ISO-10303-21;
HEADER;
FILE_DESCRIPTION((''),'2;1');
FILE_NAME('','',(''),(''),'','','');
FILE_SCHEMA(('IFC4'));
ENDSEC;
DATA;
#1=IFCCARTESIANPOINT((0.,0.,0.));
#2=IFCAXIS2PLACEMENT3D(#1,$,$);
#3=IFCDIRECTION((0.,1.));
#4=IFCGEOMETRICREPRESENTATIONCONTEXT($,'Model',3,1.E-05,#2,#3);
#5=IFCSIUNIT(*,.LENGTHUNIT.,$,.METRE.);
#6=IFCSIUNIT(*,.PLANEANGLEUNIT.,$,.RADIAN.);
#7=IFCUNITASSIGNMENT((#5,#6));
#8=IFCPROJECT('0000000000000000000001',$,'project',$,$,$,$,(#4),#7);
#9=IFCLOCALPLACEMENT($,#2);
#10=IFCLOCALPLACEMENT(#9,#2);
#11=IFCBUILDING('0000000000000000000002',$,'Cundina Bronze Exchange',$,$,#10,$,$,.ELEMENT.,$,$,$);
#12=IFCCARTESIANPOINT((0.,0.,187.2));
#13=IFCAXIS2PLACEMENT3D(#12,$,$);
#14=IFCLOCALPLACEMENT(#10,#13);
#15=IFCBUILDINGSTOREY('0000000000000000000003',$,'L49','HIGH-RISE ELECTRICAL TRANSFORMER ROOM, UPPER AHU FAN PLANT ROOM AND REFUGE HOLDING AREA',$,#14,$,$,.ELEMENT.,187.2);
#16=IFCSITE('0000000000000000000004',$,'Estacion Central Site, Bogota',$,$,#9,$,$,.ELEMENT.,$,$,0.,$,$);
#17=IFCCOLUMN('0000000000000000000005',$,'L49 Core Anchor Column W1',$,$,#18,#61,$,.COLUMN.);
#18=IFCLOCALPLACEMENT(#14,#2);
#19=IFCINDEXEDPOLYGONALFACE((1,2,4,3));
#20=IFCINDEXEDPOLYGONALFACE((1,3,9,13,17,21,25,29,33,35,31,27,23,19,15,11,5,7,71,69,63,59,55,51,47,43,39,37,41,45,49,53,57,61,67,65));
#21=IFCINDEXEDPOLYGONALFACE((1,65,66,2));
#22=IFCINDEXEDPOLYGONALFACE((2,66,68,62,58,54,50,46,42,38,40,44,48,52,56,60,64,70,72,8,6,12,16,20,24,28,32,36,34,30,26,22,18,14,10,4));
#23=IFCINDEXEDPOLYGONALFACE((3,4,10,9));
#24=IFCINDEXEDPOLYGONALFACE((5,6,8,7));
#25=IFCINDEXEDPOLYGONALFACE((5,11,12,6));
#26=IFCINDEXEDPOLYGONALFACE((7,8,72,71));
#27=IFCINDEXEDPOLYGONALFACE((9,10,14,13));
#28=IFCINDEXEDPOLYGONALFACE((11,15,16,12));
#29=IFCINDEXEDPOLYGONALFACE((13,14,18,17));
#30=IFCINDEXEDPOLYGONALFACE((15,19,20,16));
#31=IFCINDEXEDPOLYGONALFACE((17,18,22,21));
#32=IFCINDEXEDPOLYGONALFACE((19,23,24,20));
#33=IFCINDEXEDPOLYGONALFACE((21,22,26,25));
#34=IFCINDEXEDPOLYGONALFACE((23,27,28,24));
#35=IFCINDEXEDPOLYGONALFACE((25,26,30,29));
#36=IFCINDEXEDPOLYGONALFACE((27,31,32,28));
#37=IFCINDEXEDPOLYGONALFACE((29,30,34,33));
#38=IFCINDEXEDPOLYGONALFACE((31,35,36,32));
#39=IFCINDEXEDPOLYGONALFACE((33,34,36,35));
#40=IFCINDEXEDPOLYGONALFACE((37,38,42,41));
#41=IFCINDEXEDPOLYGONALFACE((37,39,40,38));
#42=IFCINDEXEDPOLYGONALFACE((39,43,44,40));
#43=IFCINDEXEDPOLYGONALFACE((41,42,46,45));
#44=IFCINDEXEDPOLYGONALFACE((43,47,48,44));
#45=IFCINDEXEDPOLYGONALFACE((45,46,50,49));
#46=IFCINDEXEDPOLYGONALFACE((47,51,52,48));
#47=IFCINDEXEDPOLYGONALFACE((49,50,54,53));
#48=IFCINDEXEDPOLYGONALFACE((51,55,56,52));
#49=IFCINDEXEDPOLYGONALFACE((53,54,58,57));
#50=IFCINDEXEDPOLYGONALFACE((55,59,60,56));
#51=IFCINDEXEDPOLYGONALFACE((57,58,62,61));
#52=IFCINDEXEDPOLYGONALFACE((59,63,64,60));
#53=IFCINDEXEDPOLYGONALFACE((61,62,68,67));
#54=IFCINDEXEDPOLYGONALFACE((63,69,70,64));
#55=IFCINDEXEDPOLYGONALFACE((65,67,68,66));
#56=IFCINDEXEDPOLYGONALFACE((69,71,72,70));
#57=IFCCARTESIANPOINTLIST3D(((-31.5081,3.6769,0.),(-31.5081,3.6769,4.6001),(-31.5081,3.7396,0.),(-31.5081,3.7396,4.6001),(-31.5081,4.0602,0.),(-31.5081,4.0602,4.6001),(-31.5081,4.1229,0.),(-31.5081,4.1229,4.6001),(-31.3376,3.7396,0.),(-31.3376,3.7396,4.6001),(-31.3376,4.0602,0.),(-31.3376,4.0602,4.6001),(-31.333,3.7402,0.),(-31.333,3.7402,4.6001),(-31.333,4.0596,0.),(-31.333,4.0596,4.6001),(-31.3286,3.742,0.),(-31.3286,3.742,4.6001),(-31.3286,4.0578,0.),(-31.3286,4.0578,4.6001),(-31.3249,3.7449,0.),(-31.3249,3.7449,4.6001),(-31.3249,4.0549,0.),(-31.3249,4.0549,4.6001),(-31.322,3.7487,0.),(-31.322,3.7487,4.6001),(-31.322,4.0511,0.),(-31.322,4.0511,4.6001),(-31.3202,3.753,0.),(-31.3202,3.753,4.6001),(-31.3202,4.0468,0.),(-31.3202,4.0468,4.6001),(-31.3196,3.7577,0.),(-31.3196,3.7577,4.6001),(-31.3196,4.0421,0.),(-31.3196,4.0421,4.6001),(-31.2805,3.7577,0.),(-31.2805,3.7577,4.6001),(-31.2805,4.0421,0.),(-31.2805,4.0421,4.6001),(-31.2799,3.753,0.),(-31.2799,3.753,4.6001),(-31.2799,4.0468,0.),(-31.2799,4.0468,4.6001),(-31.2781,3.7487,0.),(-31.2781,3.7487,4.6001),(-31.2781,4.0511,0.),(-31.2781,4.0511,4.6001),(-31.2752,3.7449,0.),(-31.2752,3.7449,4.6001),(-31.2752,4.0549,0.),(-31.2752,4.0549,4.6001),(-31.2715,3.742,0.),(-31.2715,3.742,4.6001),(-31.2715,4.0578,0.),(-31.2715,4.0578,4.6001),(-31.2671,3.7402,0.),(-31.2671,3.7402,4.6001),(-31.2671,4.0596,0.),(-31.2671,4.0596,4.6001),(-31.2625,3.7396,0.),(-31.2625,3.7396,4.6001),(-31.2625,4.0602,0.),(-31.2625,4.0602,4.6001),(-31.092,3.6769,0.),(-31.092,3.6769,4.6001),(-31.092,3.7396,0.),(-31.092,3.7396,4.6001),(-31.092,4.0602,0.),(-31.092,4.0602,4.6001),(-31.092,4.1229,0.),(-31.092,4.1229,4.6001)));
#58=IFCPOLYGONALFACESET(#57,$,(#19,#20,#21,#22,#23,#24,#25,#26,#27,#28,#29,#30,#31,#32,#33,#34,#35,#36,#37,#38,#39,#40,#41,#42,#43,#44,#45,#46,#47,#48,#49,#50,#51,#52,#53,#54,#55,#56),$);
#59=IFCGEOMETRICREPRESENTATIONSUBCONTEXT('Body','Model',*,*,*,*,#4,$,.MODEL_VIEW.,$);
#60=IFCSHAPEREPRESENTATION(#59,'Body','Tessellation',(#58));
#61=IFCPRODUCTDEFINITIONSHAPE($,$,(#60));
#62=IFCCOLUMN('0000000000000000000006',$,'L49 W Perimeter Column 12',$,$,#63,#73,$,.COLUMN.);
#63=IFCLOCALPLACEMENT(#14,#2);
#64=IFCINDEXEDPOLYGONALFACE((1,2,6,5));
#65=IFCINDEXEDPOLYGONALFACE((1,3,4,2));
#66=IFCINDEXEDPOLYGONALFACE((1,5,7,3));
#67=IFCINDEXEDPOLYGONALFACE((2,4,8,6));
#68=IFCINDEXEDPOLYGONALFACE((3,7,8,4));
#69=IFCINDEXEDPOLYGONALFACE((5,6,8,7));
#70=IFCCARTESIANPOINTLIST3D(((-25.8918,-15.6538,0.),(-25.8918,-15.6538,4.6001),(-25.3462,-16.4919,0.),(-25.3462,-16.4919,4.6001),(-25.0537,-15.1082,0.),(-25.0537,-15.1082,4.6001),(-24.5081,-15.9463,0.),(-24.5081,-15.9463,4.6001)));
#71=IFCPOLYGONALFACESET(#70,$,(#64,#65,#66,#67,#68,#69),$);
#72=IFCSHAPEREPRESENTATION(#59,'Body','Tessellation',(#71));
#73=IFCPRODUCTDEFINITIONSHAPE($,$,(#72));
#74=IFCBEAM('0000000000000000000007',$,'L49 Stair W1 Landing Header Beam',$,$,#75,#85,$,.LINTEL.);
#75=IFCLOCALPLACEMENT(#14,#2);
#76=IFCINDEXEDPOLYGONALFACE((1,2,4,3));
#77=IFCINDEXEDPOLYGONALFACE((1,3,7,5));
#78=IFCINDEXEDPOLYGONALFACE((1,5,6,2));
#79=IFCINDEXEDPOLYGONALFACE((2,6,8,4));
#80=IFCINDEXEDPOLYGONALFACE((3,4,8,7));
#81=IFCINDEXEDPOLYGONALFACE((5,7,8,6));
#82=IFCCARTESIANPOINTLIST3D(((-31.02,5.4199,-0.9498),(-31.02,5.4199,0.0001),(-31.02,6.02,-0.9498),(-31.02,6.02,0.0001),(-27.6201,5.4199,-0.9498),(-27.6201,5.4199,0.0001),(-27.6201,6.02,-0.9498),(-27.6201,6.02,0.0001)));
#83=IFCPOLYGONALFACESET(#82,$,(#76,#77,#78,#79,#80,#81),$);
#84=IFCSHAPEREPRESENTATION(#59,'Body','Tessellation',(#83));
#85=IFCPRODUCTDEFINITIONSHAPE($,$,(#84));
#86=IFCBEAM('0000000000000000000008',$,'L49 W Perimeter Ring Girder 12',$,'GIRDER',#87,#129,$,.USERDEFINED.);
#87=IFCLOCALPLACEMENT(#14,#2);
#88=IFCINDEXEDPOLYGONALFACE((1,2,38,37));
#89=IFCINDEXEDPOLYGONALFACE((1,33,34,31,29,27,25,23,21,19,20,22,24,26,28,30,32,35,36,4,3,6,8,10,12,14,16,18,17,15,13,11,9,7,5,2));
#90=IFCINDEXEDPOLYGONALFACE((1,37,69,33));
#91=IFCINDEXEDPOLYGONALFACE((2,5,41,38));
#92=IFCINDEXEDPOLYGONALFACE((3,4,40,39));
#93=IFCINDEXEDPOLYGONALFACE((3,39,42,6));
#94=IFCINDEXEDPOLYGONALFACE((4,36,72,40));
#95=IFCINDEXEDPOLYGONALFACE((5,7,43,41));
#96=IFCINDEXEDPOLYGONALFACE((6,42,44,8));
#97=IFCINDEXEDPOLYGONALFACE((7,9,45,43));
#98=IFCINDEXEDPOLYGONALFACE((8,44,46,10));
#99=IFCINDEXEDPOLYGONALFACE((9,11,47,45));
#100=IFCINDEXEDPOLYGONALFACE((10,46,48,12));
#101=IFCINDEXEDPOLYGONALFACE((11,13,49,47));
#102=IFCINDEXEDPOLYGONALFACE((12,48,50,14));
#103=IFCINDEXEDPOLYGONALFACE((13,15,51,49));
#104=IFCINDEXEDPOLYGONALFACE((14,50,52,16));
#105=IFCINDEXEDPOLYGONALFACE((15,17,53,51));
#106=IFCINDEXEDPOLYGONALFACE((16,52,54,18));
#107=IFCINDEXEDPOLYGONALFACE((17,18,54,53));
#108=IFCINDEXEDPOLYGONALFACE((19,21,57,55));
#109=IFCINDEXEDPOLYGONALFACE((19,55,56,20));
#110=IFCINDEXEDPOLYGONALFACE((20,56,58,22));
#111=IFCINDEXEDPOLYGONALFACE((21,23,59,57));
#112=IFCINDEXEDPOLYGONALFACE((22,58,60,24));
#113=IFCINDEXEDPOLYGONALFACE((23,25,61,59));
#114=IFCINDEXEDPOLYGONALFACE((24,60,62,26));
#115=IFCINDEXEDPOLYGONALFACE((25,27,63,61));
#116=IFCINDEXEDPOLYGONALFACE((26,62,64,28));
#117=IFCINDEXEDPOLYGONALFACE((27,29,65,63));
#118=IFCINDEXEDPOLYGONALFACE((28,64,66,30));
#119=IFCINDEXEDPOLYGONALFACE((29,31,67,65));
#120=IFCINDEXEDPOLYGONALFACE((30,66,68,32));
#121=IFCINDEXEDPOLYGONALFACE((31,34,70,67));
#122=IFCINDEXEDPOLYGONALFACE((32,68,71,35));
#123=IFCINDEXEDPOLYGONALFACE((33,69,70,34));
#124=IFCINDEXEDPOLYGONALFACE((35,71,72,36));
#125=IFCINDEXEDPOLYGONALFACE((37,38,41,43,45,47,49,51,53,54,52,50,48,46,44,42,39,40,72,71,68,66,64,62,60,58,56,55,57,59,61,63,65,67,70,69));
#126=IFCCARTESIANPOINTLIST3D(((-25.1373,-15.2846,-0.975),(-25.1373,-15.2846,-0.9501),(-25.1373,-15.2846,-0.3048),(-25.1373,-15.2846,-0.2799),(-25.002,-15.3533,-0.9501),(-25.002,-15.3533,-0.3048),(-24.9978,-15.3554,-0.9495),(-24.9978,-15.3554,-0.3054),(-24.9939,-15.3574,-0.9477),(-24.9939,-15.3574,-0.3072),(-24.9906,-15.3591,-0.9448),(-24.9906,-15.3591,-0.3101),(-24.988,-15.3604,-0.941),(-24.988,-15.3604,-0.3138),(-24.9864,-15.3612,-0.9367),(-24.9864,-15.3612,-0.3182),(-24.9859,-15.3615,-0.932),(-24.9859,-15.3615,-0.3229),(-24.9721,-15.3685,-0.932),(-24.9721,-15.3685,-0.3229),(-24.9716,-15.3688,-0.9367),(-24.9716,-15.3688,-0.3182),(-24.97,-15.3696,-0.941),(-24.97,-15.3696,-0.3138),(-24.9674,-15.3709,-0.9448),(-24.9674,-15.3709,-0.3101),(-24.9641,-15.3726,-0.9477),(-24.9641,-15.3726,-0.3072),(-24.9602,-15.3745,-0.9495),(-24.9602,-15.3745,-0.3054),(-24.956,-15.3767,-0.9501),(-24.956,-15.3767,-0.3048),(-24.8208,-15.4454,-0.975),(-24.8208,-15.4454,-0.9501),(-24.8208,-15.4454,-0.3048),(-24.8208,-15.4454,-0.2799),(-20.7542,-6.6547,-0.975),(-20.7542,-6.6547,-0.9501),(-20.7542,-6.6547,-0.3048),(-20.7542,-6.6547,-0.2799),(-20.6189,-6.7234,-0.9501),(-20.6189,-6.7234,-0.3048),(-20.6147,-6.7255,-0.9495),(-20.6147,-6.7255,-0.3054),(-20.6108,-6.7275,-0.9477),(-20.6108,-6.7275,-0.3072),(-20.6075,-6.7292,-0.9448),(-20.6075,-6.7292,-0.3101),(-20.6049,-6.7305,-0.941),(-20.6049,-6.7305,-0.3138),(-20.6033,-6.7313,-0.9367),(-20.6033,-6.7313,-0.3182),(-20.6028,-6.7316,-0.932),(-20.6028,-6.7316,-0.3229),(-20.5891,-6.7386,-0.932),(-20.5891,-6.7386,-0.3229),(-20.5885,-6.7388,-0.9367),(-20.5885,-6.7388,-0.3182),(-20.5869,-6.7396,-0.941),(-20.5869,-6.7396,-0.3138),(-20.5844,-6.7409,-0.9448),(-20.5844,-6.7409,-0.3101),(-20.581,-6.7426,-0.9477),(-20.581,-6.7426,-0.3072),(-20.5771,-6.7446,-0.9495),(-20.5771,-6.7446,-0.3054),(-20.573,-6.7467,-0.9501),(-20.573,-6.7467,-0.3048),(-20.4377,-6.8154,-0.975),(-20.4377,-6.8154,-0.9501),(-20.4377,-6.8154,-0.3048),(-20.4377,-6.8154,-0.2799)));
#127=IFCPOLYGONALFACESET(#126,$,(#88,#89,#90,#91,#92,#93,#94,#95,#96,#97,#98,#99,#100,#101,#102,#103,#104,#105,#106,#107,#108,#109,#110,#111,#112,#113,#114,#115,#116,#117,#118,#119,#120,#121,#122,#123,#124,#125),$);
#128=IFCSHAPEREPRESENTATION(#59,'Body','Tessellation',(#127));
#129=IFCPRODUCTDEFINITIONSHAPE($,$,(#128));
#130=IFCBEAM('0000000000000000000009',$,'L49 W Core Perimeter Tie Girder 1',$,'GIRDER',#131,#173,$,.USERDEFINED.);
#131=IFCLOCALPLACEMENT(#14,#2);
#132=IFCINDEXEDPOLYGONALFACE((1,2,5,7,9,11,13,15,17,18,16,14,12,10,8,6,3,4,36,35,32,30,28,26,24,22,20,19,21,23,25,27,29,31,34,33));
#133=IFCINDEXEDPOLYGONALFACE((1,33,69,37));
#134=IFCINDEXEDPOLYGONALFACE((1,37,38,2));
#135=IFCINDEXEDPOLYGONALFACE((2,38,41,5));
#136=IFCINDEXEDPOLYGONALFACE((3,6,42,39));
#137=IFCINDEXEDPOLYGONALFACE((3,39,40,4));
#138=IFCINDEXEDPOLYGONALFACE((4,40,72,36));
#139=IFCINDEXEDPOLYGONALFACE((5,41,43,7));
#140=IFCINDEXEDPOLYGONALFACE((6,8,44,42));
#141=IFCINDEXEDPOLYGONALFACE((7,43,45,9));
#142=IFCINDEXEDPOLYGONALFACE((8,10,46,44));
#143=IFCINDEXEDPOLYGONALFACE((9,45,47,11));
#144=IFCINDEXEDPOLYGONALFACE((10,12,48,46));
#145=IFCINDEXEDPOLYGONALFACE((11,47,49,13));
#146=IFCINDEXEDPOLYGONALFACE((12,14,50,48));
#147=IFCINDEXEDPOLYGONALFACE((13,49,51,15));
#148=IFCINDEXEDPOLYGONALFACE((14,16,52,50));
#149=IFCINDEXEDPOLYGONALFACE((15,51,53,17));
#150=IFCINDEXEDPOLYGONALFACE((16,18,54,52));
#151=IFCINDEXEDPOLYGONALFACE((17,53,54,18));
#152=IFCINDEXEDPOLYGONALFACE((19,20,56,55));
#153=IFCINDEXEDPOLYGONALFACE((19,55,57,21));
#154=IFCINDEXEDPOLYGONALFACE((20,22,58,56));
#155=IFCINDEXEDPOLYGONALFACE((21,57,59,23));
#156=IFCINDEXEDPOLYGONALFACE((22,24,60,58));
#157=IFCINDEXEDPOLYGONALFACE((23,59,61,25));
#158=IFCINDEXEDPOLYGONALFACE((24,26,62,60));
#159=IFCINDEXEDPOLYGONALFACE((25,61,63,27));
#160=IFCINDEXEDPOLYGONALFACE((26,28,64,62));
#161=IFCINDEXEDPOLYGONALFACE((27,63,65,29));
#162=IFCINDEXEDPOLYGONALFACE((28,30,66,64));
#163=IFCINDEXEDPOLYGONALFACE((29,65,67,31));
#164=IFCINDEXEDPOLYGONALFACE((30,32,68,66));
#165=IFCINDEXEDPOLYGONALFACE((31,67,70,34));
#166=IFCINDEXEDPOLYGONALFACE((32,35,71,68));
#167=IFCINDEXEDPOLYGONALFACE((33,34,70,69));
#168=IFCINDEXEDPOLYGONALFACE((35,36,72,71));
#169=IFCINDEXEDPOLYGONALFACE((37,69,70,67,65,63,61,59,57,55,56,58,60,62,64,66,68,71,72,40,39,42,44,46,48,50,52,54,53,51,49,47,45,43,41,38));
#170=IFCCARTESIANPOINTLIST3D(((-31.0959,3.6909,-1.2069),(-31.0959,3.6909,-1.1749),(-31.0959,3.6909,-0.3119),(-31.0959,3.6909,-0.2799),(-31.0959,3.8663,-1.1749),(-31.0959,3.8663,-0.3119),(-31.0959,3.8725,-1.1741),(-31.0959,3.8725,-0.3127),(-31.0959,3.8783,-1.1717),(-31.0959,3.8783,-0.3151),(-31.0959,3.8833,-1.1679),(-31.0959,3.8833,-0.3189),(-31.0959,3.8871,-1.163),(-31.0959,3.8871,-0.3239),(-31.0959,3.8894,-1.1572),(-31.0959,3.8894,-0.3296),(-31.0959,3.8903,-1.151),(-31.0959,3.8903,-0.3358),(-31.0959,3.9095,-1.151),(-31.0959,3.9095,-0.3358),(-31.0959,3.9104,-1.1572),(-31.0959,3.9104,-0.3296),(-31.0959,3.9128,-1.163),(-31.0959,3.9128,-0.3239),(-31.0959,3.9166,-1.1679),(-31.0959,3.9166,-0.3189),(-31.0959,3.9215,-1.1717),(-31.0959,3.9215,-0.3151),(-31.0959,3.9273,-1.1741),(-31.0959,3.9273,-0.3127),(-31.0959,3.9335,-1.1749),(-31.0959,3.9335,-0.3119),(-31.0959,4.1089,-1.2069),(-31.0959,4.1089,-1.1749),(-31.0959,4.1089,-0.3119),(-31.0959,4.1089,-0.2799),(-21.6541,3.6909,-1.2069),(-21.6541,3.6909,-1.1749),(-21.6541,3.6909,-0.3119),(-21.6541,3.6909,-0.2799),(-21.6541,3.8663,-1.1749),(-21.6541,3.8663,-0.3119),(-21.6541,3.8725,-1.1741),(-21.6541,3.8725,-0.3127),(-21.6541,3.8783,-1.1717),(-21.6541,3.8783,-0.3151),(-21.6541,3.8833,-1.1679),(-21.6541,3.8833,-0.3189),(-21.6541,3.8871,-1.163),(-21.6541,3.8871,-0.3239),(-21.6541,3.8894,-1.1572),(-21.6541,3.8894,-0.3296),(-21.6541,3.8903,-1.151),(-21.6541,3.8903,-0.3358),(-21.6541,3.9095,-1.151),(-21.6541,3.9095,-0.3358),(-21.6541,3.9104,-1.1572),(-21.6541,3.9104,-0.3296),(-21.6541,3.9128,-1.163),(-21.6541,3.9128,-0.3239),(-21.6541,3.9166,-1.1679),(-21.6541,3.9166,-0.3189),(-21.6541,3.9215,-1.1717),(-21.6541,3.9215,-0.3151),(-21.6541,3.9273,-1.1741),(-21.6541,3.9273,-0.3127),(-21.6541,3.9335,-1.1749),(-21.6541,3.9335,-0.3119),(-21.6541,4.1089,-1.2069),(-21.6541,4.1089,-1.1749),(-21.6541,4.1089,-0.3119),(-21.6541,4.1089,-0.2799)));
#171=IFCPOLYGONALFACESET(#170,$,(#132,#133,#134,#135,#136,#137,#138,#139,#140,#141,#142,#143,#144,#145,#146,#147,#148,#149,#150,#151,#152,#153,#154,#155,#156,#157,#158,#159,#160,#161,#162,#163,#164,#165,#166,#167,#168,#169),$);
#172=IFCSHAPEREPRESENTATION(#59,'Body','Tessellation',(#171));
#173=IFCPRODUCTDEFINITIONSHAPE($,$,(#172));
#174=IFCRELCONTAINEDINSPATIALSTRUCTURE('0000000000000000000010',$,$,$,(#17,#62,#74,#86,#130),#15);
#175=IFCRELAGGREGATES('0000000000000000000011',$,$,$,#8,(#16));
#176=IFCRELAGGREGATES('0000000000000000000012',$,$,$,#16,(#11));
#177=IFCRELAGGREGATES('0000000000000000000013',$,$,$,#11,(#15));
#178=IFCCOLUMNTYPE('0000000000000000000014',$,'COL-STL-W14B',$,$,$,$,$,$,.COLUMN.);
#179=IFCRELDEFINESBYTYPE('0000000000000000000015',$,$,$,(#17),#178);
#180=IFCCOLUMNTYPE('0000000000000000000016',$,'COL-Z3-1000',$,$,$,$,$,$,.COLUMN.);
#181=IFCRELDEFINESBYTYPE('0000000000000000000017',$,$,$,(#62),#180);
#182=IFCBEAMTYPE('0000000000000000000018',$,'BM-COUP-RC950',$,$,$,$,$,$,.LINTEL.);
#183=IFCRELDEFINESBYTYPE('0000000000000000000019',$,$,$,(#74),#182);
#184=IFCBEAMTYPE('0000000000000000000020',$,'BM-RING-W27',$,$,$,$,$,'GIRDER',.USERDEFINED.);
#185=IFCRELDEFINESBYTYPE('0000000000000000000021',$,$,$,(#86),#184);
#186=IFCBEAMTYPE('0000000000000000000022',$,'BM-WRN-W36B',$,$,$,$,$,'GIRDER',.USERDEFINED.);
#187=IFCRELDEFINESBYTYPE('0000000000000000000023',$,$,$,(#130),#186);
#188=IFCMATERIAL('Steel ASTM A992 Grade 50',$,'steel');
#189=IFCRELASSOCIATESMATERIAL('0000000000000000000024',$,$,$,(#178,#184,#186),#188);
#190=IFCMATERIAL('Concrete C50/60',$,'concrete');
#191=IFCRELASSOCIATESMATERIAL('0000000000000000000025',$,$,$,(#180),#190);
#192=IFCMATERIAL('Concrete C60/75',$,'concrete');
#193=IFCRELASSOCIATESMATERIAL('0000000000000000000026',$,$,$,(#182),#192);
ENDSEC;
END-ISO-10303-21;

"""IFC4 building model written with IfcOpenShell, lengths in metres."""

from ifc_helpers import new_model, si_unit, direction, frame, origin, origin_2d, place, context, subcontext, project, spatial, rectangle, i_section, extrude, material, material_profile, profile_set, type_object, element, save


model = new_model("IFC4")

# Units and contexts
model_context = context("Model", 3, precision=1e-05, world=origin(), true_north=direction((0.0, 1.0)))
body_context = subcontext(model_context, "Body", "Model", "MODEL_VIEW")
ifc_project = project(units=[si_unit("LENGTHUNIT", "METRE"), si_unit("PLANEANGLEUNIT", "RADIAN")], contexts=[model_context])

# Site, building, storey
site_placement = place(None, origin())
site = spatial("IfcSite", under=ifc_project, at=site_placement, Name="Estacion Central Site, Bogota", CompositionType="ELEMENT", RefElevation=0.0)
building_placement = place(site_placement, origin())
building = spatial("IfcBuilding", under=site, at=building_placement, Name="Cundina Bronze Exchange", CompositionType="ELEMENT")
storey_placement = place(building_placement, frame((0.0, 0.0, 187.2)))
storey = spatial("IfcBuildingStorey", under=building, at=storey_placement, Name="L49", Description="HIGH-RISE ELECTRICAL TRANSFORMER ROOM, UPPER AHU FAN PLANT ROOM AND REFUGE HOLDING AREA", CompositionType="ELEMENT", Elevation=187.2)

# Columns
ifc_material_1 = material(Name="Steel ASTM A992 Grade 50", Category="steel")
ifc_material_profile_1 = material_profile(ifc_material_1, i_section(OverallWidth=0.416, OverallDepth=0.446, WebThickness=0.0391, FlangeThickness=0.0627, FilletRadius=0.0181, at=origin_2d()), Name="W14X342", Category="steel")
ifc_profile_set_1 = profile_set([ifc_material_profile_1], Name="Steel ASTM A992 Grade 50")
column_type_1 = type_object("IfcColumnType", Name="COL-STL-W14B", PredefinedType="COLUMN", material=ifc_profile_set_1)
column_1_placement = place(storey_placement, frame((-31.3, 3.8999, 0.0), z_axis=(0.0, 0.0, 1.0), x_axis=(1.0, 0.0, 0.0)))
element("IfcColumn", 1, at=column_1_placement, inside=storey, type_object=column_type_1, Name="L49 Core Anchor Column W1", PredefinedType="COLUMN", context=body_context, shape_type="SweptSolid", body=[
    extrude(i_section(OverallWidth=0.416, OverallDepth=0.446, WebThickness=0.0391, FlangeThickness=0.0627, FilletRadius=0.0181, at=origin_2d()), origin(), (0.0, 0.0, 1.0), 4.6001),
])
ifc_material_2 = material(Name="Concrete C50/60", Category="concrete")
ifc_material_profile_2 = material_profile(ifc_material_2, rectangle(XDim=1.0, YDim=1.0, at=origin_2d()), Name="RC1000X1000", Category="concrete")
ifc_profile_set_2 = profile_set([ifc_material_profile_2], Name="Concrete C50/60")
column_type_2 = type_object("IfcColumnType", Name="COL-Z3-1000", PredefinedType="COLUMN", material=ifc_profile_set_2)
column_2_placement = place(storey_placement, frame((-25.2, -15.8, 0.0), z_axis=(0.0, 0.0, 1.0), x_axis=(0.8381, 0.545517, 0.0)))
element("IfcColumn", 2, at=column_2_placement, inside=storey, type_object=column_type_2, Name="L49 W Perimeter Column 12", PredefinedType="COLUMN", context=body_context, shape_type="SweptSolid", body=[
    extrude(rectangle(XDim=1.0, YDim=1.0, at=origin_2d()), origin(), (0.0, 0.0, 1.0), 4.6001),
])

# Beams
ifc_material_3 = material(Name="Concrete C60/75", Category="concrete")
ifc_material_profile_3 = material_profile(ifc_material_3, rectangle(XDim=0.6001, YDim=0.95, at=origin_2d()), Name="RC600X950", Category="concrete")
ifc_profile_set_3 = profile_set([ifc_material_profile_3], Name="Concrete C60/75")
beam_type_1 = type_object("IfcBeamType", Name="BM-COUP-RC950", PredefinedType="LINTEL", material=ifc_profile_set_3)
beam_1_placement = place(storey_placement, frame((-31.02, 5.72, -0.4749), z_axis=(1.0, 0.0, 0.0), x_axis=(0.0, 1.0, 0.0)))
element("IfcBeam", 3, at=beam_1_placement, inside=storey, type_object=beam_type_1, Name="L49 Stair W1 Landing Header Beam", PredefinedType="LINTEL", context=body_context, shape_type="SweptSolid", body=[
    extrude(rectangle(XDim=0.6001, YDim=0.95, at=origin_2d()), origin(), (0.0, 0.0, 1.0), 3.3999),
])
ifc_material_profile_4 = material_profile(ifc_material_1, i_section(OverallWidth=0.355, OverallDepth=0.6951, WebThickness=0.0154, FlangeThickness=0.0249, FilletRadius=0.0181, at=origin_2d()), Name="W27X146", Category="steel")
ifc_profile_set_4 = profile_set([ifc_material_profile_4], Name="Steel ASTM A992 Grade 50")
beam_type_2 = type_object("IfcBeamType", Name="BM-RING-W27", ElementType="GIRDER", PredefinedType="USERDEFINED", material=ifc_profile_set_4)
beam_2_placement = place(storey_placement, frame((-24.979, -15.365, -0.6274), z_axis=(0.452835, 0.891595, 0.0), x_axis=(-0.891595, 0.452835, 0.0)))
element("IfcBeam", 4, at=beam_2_placement, inside=storey, type_object=beam_type_2, Name="L49 W Perimeter Ring Girder 12", ObjectType="GIRDER", PredefinedType="USERDEFINED", context=body_context, shape_type="SweptSolid", body=[
    extrude(i_section(OverallWidth=0.355, OverallDepth=0.6951, WebThickness=0.0154, FlangeThickness=0.0249, FilletRadius=0.0181, at=origin_2d()), origin(), (0.0, 0.0, 1.0), 9.6792),
])
ifc_material_profile_5 = material_profile(ifc_material_1, i_section(OverallWidth=0.418, OverallDepth=0.927, WebThickness=0.0193, FlangeThickness=0.032, FilletRadius=0.0239, at=origin_2d()), Name="W36X231", Category="steel")
ifc_profile_set_5 = profile_set([ifc_material_profile_5], Name="Steel ASTM A992 Grade 50")
beam_type_3 = type_object("IfcBeamType", Name="BM-WRN-W36B", ElementType="GIRDER", PredefinedType="USERDEFINED", material=ifc_profile_set_5)
beam_3_placement = place(storey_placement, frame((-31.0959, 3.8999, -0.7434), z_axis=(1.0, 0.0, 0.0), x_axis=(0.0, 1.0, 0.0)))
element("IfcBeam", 5, at=beam_3_placement, inside=storey, type_object=beam_type_3, Name="L49 W Core Perimeter Tie Girder 1", ObjectType="GIRDER", PredefinedType="USERDEFINED", context=body_context, shape_type="SweptSolid", body=[
    extrude(i_section(OverallWidth=0.418, OverallDepth=0.927, WebThickness=0.0193, FlangeThickness=0.032, FilletRadius=0.0239, at=origin_2d()), origin(), (0.0, 0.0, 1.0), 9.4419),
])

save(model, "model.ifc")
